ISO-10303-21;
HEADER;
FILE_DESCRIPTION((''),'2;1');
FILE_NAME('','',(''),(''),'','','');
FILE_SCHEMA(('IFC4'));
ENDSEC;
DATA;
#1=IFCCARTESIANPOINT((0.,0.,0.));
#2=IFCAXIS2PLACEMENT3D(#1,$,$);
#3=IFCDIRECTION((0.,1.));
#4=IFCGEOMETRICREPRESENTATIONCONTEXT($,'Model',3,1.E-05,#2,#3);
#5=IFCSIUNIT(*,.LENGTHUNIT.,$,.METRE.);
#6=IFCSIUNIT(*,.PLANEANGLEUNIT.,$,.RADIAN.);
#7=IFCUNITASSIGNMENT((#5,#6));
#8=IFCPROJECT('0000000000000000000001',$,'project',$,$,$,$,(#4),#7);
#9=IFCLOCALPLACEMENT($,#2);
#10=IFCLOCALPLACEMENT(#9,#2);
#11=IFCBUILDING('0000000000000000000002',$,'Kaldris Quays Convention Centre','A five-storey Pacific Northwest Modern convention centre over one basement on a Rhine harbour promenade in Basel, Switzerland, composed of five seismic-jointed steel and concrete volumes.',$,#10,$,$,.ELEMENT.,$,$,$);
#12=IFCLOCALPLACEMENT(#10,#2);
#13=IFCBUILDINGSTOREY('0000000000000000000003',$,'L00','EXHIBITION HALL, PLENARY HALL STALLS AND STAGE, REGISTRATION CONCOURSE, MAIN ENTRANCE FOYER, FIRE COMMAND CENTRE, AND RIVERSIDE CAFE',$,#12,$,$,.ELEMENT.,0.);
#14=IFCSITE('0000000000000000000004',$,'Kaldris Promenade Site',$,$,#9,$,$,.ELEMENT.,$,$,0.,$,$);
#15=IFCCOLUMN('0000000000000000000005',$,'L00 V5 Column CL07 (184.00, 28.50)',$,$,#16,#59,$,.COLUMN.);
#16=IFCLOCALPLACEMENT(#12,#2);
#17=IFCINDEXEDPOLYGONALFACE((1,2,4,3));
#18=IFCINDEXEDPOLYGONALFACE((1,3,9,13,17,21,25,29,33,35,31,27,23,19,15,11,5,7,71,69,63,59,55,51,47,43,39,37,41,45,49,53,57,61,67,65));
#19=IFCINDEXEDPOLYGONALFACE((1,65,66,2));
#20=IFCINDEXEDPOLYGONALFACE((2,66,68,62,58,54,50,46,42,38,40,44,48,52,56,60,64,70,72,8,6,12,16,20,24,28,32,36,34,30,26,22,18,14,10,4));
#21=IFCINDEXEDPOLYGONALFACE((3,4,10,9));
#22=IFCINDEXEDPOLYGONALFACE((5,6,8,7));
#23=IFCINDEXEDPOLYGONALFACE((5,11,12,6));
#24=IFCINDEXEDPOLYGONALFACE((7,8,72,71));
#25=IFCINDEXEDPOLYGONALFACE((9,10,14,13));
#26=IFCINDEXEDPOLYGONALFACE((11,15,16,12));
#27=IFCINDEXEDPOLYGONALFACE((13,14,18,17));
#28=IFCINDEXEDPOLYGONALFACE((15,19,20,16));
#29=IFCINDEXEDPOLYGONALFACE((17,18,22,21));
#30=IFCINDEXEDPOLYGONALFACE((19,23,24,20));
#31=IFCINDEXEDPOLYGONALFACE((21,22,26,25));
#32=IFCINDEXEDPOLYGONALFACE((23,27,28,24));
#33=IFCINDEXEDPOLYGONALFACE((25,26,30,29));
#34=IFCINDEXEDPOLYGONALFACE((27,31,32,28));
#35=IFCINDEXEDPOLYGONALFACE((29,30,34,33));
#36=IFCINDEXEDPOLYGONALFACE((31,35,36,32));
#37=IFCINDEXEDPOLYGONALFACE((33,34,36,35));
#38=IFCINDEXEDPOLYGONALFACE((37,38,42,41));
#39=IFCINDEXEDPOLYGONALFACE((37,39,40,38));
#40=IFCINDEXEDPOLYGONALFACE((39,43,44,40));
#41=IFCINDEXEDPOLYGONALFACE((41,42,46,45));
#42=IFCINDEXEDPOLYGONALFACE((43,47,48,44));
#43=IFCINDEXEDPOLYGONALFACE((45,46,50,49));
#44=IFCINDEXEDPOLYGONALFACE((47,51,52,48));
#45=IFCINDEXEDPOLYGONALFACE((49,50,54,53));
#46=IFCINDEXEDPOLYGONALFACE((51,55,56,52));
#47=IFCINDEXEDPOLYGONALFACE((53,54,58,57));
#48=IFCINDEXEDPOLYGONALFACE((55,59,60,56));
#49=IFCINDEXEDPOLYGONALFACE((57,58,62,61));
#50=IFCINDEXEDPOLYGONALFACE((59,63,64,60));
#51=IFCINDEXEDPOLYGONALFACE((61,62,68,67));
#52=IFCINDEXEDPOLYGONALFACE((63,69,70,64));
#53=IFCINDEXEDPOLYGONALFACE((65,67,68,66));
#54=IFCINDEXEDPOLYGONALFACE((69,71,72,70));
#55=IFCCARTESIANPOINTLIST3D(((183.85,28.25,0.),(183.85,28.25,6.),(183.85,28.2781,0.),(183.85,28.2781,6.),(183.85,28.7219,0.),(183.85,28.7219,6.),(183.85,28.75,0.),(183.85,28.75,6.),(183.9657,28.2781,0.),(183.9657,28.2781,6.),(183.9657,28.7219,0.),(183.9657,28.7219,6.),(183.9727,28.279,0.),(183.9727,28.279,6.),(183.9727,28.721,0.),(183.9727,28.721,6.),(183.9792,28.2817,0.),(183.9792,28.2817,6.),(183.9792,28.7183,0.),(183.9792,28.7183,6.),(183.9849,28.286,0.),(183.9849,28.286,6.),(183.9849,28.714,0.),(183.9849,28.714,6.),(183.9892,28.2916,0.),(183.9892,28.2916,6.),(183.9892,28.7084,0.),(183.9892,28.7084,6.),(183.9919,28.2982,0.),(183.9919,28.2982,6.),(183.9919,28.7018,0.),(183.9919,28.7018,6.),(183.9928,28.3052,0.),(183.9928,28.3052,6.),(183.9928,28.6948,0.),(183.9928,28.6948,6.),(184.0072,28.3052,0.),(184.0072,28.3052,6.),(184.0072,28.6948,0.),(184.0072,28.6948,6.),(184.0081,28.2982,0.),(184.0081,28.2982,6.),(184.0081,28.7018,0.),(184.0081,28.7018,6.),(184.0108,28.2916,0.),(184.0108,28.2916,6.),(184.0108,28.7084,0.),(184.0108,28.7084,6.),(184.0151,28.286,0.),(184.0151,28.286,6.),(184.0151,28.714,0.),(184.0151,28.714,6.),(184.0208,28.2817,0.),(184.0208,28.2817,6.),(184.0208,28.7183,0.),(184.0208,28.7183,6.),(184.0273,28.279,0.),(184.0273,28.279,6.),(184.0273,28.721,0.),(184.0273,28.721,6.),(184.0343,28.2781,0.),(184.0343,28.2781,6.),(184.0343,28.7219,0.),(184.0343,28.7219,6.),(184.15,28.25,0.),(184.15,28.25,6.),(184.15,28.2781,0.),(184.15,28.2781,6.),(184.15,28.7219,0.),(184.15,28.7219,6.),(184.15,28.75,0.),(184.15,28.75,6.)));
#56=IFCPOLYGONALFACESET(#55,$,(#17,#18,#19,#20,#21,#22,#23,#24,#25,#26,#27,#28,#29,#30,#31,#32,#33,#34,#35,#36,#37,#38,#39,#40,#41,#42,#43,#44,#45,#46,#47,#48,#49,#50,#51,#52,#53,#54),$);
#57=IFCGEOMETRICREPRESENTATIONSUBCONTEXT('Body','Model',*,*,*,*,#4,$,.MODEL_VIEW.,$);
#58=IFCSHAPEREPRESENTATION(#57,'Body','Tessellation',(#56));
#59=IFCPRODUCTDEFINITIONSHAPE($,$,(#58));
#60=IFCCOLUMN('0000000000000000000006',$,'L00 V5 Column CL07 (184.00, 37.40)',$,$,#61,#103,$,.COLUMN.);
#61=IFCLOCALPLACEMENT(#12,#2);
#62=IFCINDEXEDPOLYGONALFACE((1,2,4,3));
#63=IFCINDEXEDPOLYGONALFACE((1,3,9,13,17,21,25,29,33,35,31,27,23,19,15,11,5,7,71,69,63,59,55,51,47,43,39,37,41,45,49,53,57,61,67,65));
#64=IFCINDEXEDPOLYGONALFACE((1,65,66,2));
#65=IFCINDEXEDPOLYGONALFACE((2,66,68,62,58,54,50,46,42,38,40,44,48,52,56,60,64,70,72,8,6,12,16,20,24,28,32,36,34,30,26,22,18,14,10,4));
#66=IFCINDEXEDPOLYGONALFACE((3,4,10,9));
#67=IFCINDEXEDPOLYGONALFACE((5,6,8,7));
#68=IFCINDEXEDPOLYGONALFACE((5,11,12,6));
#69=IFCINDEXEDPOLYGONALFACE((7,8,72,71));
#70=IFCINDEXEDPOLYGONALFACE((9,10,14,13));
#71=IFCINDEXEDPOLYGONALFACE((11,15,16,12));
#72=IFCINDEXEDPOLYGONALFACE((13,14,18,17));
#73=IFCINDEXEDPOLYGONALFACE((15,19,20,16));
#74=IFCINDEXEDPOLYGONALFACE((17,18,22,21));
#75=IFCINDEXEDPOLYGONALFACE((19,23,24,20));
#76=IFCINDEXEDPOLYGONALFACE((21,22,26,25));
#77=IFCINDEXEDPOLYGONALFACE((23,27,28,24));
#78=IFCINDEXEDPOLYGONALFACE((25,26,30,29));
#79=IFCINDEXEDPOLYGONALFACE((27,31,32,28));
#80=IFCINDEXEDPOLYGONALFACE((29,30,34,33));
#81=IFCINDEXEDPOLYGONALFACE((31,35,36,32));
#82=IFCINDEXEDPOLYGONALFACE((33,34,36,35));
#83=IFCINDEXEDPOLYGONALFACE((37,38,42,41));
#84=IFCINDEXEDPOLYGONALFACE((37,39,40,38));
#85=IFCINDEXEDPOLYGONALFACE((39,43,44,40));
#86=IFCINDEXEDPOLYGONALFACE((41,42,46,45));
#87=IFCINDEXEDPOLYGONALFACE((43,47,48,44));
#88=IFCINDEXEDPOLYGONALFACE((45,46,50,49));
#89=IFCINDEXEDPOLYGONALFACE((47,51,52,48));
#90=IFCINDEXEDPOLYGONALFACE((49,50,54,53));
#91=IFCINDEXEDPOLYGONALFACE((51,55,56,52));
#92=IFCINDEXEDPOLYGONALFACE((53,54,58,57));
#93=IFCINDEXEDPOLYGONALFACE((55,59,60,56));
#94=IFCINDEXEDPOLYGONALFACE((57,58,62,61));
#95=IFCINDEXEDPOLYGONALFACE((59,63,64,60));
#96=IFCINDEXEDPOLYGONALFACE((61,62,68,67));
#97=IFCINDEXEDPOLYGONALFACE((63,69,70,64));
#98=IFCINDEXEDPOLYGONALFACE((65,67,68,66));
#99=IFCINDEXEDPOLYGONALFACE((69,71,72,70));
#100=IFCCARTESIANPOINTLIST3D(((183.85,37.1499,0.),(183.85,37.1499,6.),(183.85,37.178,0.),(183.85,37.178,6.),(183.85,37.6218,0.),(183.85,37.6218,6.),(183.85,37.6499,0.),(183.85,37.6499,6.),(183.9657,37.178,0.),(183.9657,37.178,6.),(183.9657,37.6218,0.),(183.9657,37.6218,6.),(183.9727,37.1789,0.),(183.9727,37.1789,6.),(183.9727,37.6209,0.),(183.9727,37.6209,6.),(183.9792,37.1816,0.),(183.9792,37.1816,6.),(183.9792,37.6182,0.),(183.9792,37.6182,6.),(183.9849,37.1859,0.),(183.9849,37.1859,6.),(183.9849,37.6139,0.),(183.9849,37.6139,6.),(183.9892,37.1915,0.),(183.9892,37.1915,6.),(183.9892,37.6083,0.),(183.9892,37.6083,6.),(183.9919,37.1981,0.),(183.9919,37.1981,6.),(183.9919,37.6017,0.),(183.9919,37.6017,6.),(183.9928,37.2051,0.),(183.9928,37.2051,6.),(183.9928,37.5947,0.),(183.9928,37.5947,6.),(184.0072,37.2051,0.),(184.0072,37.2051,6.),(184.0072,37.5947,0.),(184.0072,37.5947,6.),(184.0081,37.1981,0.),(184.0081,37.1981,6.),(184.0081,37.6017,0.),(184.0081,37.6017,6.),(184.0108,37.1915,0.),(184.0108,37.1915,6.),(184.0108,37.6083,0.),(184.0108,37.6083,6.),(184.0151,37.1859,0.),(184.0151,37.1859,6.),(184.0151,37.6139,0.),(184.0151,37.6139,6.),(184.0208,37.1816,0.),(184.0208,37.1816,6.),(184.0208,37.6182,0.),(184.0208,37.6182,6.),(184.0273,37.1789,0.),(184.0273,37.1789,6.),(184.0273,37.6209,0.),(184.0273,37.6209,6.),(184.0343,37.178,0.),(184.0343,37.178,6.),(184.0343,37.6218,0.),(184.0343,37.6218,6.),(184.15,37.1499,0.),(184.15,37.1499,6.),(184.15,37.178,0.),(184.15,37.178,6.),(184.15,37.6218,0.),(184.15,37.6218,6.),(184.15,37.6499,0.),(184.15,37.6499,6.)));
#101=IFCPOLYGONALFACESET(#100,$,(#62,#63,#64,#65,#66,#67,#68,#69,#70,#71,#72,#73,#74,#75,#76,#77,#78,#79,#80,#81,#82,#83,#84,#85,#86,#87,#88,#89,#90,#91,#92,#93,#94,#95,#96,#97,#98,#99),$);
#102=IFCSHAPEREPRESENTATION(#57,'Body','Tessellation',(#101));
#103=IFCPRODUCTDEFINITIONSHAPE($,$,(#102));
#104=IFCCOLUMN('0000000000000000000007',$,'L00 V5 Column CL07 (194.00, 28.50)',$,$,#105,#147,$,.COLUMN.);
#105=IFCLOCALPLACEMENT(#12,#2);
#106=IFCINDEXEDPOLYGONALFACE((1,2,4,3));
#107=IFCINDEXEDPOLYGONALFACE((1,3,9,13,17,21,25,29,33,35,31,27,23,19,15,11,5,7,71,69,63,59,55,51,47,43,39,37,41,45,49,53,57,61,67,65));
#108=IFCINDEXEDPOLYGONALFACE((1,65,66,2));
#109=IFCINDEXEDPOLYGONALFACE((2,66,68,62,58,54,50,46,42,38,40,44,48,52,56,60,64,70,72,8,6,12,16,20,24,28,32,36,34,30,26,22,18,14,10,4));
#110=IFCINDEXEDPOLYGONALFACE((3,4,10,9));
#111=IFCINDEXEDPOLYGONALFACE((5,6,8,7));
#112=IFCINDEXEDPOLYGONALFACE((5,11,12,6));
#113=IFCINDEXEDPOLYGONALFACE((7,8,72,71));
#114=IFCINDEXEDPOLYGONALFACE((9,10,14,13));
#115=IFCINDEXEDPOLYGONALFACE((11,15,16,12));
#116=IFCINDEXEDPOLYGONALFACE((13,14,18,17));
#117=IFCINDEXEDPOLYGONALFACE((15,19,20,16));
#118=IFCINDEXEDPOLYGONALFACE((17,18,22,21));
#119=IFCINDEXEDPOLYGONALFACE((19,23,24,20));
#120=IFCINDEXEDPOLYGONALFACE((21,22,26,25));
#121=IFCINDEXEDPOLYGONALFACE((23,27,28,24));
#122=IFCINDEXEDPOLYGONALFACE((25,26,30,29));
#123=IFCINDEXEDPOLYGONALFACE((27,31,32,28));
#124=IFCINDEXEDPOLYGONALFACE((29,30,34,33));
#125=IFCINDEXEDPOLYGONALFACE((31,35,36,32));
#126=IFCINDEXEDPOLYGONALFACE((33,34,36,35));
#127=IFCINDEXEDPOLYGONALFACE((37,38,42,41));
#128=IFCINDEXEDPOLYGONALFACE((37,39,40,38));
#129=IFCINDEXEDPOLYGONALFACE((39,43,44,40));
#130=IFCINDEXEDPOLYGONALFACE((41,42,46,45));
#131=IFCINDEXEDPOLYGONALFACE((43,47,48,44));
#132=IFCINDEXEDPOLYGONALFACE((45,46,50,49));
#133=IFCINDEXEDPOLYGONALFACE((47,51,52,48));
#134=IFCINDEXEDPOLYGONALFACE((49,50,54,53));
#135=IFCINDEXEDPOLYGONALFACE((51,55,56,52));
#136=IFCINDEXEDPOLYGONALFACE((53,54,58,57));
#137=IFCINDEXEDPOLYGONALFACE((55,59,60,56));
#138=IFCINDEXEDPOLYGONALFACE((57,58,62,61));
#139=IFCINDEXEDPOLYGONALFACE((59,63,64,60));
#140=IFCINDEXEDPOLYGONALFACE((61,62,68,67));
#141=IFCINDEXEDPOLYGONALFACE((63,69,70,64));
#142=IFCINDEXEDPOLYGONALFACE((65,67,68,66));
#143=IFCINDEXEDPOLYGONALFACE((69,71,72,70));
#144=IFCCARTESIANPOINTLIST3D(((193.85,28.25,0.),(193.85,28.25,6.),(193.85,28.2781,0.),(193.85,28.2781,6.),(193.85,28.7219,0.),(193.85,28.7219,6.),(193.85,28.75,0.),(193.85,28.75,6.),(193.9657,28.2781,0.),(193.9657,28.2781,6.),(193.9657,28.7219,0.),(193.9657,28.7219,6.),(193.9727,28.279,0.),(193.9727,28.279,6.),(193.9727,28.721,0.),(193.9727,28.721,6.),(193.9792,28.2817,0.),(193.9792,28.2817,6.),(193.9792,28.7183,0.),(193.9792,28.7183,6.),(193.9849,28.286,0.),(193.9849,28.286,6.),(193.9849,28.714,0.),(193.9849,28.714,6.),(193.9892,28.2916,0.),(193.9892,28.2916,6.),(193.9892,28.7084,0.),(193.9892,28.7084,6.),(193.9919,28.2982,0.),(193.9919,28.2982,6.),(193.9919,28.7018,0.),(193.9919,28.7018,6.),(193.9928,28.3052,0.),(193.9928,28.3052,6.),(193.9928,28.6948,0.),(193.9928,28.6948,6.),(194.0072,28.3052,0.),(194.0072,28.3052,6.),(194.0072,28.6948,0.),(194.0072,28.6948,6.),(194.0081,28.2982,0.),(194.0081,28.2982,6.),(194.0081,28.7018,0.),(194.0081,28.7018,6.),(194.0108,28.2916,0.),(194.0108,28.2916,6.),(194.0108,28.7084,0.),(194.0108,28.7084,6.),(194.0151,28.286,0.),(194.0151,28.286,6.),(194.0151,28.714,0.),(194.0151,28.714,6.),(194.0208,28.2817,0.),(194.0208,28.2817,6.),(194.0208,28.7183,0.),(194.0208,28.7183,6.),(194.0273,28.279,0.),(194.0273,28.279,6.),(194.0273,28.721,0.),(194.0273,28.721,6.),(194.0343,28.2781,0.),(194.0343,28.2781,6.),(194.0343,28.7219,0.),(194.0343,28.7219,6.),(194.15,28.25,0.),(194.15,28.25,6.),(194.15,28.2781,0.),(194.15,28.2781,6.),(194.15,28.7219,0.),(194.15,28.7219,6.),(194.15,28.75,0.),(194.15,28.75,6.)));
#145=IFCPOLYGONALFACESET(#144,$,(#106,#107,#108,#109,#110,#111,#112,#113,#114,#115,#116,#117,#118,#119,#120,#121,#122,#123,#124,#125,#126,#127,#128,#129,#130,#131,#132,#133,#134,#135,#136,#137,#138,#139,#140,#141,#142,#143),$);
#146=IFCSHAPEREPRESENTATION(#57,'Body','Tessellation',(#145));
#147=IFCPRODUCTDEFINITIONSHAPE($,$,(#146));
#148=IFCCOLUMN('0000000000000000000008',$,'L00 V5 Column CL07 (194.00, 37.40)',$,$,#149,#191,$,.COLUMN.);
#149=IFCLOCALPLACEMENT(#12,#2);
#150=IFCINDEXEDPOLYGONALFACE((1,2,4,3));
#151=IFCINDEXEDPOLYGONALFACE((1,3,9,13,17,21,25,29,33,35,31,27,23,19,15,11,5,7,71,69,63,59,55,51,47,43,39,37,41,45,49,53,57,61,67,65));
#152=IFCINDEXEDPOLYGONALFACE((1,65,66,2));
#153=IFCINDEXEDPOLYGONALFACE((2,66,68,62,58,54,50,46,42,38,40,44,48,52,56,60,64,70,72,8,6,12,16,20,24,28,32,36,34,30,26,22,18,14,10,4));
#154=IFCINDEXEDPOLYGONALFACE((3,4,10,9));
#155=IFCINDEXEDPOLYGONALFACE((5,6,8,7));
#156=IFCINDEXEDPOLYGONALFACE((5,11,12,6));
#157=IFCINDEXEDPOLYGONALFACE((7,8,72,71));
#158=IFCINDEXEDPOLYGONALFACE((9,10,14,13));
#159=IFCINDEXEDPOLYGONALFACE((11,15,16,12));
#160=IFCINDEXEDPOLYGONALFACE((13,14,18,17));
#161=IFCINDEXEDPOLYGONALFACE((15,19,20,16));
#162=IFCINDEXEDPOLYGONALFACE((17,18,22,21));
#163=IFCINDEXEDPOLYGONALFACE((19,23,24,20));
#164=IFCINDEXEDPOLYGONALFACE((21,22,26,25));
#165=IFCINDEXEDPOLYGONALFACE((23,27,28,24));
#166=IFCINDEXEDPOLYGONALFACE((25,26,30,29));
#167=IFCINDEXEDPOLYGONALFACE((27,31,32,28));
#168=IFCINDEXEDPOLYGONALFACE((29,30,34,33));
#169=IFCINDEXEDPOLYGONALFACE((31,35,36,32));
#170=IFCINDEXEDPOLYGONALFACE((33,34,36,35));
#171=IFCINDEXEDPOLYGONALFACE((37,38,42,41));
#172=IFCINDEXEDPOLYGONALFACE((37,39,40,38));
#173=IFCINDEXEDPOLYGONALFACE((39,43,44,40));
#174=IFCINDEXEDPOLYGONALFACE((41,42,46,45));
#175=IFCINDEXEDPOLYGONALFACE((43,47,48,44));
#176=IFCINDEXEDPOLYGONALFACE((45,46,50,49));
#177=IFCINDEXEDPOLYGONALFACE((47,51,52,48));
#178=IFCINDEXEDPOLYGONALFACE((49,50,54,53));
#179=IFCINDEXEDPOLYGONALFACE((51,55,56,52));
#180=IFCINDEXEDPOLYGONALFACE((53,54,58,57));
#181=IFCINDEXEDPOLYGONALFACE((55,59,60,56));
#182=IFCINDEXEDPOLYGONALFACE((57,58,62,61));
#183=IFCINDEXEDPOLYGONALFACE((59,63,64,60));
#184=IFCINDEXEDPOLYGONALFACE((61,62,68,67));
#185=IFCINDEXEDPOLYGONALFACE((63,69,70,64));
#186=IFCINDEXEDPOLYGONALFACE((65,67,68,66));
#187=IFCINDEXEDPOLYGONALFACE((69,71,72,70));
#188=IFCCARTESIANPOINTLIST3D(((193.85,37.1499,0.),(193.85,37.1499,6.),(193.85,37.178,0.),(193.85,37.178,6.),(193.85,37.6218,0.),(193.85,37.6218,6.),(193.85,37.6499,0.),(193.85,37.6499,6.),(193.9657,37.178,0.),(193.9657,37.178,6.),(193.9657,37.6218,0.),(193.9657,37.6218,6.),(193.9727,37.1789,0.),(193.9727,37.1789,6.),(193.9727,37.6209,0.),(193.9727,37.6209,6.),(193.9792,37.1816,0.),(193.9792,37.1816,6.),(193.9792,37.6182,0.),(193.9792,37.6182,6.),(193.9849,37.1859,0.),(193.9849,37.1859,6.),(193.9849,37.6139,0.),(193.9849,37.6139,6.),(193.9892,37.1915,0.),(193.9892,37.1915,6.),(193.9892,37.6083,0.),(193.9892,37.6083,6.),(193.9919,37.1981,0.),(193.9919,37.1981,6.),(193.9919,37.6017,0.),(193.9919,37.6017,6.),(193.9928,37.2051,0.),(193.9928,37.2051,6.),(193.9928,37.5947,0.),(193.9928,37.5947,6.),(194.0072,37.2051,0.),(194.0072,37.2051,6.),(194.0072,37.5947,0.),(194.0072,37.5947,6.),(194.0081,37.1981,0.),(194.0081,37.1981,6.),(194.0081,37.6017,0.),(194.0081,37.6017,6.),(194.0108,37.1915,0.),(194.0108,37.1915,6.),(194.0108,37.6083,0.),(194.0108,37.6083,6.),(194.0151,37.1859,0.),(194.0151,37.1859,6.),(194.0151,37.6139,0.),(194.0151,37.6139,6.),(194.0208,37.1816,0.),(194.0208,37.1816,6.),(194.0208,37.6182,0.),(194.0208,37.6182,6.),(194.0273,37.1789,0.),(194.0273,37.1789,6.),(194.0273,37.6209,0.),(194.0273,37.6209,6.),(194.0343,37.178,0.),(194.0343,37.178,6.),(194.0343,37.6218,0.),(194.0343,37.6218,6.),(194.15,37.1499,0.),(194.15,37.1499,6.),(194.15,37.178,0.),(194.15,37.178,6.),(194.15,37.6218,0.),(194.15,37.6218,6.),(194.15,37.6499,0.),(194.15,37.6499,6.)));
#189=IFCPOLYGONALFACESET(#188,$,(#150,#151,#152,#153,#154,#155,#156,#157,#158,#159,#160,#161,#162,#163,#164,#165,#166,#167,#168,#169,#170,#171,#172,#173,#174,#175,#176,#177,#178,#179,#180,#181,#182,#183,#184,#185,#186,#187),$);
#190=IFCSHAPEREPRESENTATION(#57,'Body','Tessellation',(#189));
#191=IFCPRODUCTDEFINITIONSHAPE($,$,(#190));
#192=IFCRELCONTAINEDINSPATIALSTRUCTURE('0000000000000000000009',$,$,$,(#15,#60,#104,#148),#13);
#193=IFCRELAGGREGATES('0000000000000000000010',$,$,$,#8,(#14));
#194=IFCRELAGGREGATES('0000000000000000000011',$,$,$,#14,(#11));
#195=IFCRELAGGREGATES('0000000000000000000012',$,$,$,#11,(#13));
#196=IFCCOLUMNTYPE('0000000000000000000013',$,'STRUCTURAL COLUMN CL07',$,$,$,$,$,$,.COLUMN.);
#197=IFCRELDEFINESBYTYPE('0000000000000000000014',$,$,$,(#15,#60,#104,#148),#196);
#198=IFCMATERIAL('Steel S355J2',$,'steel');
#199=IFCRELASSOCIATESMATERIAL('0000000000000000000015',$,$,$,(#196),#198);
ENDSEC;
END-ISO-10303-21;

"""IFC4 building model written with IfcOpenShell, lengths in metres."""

from ifc_helpers import new_model, si_unit, direction, frame, origin, origin_2d, place, context, subcontext, project, spatial, i_section, extrude, material, material_profile, profile_set, type_object, element, save


model = new_model("IFC4")

# Units and contexts
model_context = context("Model", 3, precision=1e-05, world=origin(), true_north=direction((0.0, 1.0)))
body_context = subcontext(model_context, "Body", "Model", "MODEL_VIEW")
ifc_project = project(units=[si_unit("LENGTHUNIT", "METRE"), si_unit("PLANEANGLEUNIT", "RADIAN")], contexts=[model_context])

# Site, building, storey
site_placement = place(None, origin())
site = spatial("IfcSite", under=ifc_project, at=site_placement, Name="Kaldris Promenade Site", CompositionType="ELEMENT", RefElevation=0.0)
building_placement = place(site_placement, origin())
building = spatial("IfcBuilding", under=site, at=building_placement, Name="Kaldris Quays Convention Centre", Description="A five-storey Pacific Northwest Modern convention centre over one basement on a Rhine harbour promenade in Basel, Switzerland, composed of five seismic-jointed steel and concrete volumes.", CompositionType="ELEMENT")
storey_placement = place(building_placement, origin())
storey = spatial("IfcBuildingStorey", under=building, at=storey_placement, Name="L00", Description="EXHIBITION HALL, PLENARY HALL STALLS AND STAGE, REGISTRATION CONCOURSE, MAIN ENTRANCE FOYER, FIRE COMMAND CENTRE, AND RIVERSIDE CAFE", CompositionType="ELEMENT", Elevation=0.0)

# Columns
ifc_material_1 = material(Name="Steel S355J2", Category="steel")
ifc_material_profile_1 = material_profile(ifc_material_1, i_section(OverallWidth=0.3, OverallDepth=0.5, WebThickness=0.0144, FlangeThickness=0.0281, FilletRadius=0.0271, at=origin_2d()), Name="HEB 500")
ifc_profile_set_1 = profile_set([ifc_material_profile_1], Name="Steel S355J2")
column_type = type_object("IfcColumnType", Name="STRUCTURAL COLUMN CL07", PredefinedType="COLUMN", material=ifc_profile_set_1)
for number, where, z_axis, x_axis, name in (
    (1, (184.0, 28.5, 0.0), (0.0, 0.0, 1.0), (1.0, 0.0, 0.0), "L00 V5 Column CL07 (184.00, 28.50)"),
    (2, (184.0, 37.3999, 0.0), (0.0, 0.0, 1.0), (1.0, 0.0, 0.0), "L00 V5 Column CL07 (184.00, 37.40)"),
    (3, (194.0, 28.5, 0.0), (0.0, 0.0, 1.0), (1.0, 0.0, 0.0), "L00 V5 Column CL07 (194.00, 28.50)"),
    (4, (194.0, 37.3999, 0.0), (0.0, 0.0, 1.0), (1.0, 0.0, 0.0), "L00 V5 Column CL07 (194.00, 37.40)"),
):
    element("IfcColumn", number, at=place(storey_placement, frame(where, z_axis=z_axis, x_axis=x_axis)), inside=storey, type_object=column_type, Name=name, PredefinedType="COLUMN", context=body_context, shape_type="SweptSolid", body=[
        extrude(i_section(OverallWidth=0.3, OverallDepth=0.5, WebThickness=0.0144, FlangeThickness=0.0281, FilletRadius=0.0271, at=origin_2d()), origin(), (0.0, 0.0, 1.0), 6.0),
    ])

save(model, "model.ifc")
